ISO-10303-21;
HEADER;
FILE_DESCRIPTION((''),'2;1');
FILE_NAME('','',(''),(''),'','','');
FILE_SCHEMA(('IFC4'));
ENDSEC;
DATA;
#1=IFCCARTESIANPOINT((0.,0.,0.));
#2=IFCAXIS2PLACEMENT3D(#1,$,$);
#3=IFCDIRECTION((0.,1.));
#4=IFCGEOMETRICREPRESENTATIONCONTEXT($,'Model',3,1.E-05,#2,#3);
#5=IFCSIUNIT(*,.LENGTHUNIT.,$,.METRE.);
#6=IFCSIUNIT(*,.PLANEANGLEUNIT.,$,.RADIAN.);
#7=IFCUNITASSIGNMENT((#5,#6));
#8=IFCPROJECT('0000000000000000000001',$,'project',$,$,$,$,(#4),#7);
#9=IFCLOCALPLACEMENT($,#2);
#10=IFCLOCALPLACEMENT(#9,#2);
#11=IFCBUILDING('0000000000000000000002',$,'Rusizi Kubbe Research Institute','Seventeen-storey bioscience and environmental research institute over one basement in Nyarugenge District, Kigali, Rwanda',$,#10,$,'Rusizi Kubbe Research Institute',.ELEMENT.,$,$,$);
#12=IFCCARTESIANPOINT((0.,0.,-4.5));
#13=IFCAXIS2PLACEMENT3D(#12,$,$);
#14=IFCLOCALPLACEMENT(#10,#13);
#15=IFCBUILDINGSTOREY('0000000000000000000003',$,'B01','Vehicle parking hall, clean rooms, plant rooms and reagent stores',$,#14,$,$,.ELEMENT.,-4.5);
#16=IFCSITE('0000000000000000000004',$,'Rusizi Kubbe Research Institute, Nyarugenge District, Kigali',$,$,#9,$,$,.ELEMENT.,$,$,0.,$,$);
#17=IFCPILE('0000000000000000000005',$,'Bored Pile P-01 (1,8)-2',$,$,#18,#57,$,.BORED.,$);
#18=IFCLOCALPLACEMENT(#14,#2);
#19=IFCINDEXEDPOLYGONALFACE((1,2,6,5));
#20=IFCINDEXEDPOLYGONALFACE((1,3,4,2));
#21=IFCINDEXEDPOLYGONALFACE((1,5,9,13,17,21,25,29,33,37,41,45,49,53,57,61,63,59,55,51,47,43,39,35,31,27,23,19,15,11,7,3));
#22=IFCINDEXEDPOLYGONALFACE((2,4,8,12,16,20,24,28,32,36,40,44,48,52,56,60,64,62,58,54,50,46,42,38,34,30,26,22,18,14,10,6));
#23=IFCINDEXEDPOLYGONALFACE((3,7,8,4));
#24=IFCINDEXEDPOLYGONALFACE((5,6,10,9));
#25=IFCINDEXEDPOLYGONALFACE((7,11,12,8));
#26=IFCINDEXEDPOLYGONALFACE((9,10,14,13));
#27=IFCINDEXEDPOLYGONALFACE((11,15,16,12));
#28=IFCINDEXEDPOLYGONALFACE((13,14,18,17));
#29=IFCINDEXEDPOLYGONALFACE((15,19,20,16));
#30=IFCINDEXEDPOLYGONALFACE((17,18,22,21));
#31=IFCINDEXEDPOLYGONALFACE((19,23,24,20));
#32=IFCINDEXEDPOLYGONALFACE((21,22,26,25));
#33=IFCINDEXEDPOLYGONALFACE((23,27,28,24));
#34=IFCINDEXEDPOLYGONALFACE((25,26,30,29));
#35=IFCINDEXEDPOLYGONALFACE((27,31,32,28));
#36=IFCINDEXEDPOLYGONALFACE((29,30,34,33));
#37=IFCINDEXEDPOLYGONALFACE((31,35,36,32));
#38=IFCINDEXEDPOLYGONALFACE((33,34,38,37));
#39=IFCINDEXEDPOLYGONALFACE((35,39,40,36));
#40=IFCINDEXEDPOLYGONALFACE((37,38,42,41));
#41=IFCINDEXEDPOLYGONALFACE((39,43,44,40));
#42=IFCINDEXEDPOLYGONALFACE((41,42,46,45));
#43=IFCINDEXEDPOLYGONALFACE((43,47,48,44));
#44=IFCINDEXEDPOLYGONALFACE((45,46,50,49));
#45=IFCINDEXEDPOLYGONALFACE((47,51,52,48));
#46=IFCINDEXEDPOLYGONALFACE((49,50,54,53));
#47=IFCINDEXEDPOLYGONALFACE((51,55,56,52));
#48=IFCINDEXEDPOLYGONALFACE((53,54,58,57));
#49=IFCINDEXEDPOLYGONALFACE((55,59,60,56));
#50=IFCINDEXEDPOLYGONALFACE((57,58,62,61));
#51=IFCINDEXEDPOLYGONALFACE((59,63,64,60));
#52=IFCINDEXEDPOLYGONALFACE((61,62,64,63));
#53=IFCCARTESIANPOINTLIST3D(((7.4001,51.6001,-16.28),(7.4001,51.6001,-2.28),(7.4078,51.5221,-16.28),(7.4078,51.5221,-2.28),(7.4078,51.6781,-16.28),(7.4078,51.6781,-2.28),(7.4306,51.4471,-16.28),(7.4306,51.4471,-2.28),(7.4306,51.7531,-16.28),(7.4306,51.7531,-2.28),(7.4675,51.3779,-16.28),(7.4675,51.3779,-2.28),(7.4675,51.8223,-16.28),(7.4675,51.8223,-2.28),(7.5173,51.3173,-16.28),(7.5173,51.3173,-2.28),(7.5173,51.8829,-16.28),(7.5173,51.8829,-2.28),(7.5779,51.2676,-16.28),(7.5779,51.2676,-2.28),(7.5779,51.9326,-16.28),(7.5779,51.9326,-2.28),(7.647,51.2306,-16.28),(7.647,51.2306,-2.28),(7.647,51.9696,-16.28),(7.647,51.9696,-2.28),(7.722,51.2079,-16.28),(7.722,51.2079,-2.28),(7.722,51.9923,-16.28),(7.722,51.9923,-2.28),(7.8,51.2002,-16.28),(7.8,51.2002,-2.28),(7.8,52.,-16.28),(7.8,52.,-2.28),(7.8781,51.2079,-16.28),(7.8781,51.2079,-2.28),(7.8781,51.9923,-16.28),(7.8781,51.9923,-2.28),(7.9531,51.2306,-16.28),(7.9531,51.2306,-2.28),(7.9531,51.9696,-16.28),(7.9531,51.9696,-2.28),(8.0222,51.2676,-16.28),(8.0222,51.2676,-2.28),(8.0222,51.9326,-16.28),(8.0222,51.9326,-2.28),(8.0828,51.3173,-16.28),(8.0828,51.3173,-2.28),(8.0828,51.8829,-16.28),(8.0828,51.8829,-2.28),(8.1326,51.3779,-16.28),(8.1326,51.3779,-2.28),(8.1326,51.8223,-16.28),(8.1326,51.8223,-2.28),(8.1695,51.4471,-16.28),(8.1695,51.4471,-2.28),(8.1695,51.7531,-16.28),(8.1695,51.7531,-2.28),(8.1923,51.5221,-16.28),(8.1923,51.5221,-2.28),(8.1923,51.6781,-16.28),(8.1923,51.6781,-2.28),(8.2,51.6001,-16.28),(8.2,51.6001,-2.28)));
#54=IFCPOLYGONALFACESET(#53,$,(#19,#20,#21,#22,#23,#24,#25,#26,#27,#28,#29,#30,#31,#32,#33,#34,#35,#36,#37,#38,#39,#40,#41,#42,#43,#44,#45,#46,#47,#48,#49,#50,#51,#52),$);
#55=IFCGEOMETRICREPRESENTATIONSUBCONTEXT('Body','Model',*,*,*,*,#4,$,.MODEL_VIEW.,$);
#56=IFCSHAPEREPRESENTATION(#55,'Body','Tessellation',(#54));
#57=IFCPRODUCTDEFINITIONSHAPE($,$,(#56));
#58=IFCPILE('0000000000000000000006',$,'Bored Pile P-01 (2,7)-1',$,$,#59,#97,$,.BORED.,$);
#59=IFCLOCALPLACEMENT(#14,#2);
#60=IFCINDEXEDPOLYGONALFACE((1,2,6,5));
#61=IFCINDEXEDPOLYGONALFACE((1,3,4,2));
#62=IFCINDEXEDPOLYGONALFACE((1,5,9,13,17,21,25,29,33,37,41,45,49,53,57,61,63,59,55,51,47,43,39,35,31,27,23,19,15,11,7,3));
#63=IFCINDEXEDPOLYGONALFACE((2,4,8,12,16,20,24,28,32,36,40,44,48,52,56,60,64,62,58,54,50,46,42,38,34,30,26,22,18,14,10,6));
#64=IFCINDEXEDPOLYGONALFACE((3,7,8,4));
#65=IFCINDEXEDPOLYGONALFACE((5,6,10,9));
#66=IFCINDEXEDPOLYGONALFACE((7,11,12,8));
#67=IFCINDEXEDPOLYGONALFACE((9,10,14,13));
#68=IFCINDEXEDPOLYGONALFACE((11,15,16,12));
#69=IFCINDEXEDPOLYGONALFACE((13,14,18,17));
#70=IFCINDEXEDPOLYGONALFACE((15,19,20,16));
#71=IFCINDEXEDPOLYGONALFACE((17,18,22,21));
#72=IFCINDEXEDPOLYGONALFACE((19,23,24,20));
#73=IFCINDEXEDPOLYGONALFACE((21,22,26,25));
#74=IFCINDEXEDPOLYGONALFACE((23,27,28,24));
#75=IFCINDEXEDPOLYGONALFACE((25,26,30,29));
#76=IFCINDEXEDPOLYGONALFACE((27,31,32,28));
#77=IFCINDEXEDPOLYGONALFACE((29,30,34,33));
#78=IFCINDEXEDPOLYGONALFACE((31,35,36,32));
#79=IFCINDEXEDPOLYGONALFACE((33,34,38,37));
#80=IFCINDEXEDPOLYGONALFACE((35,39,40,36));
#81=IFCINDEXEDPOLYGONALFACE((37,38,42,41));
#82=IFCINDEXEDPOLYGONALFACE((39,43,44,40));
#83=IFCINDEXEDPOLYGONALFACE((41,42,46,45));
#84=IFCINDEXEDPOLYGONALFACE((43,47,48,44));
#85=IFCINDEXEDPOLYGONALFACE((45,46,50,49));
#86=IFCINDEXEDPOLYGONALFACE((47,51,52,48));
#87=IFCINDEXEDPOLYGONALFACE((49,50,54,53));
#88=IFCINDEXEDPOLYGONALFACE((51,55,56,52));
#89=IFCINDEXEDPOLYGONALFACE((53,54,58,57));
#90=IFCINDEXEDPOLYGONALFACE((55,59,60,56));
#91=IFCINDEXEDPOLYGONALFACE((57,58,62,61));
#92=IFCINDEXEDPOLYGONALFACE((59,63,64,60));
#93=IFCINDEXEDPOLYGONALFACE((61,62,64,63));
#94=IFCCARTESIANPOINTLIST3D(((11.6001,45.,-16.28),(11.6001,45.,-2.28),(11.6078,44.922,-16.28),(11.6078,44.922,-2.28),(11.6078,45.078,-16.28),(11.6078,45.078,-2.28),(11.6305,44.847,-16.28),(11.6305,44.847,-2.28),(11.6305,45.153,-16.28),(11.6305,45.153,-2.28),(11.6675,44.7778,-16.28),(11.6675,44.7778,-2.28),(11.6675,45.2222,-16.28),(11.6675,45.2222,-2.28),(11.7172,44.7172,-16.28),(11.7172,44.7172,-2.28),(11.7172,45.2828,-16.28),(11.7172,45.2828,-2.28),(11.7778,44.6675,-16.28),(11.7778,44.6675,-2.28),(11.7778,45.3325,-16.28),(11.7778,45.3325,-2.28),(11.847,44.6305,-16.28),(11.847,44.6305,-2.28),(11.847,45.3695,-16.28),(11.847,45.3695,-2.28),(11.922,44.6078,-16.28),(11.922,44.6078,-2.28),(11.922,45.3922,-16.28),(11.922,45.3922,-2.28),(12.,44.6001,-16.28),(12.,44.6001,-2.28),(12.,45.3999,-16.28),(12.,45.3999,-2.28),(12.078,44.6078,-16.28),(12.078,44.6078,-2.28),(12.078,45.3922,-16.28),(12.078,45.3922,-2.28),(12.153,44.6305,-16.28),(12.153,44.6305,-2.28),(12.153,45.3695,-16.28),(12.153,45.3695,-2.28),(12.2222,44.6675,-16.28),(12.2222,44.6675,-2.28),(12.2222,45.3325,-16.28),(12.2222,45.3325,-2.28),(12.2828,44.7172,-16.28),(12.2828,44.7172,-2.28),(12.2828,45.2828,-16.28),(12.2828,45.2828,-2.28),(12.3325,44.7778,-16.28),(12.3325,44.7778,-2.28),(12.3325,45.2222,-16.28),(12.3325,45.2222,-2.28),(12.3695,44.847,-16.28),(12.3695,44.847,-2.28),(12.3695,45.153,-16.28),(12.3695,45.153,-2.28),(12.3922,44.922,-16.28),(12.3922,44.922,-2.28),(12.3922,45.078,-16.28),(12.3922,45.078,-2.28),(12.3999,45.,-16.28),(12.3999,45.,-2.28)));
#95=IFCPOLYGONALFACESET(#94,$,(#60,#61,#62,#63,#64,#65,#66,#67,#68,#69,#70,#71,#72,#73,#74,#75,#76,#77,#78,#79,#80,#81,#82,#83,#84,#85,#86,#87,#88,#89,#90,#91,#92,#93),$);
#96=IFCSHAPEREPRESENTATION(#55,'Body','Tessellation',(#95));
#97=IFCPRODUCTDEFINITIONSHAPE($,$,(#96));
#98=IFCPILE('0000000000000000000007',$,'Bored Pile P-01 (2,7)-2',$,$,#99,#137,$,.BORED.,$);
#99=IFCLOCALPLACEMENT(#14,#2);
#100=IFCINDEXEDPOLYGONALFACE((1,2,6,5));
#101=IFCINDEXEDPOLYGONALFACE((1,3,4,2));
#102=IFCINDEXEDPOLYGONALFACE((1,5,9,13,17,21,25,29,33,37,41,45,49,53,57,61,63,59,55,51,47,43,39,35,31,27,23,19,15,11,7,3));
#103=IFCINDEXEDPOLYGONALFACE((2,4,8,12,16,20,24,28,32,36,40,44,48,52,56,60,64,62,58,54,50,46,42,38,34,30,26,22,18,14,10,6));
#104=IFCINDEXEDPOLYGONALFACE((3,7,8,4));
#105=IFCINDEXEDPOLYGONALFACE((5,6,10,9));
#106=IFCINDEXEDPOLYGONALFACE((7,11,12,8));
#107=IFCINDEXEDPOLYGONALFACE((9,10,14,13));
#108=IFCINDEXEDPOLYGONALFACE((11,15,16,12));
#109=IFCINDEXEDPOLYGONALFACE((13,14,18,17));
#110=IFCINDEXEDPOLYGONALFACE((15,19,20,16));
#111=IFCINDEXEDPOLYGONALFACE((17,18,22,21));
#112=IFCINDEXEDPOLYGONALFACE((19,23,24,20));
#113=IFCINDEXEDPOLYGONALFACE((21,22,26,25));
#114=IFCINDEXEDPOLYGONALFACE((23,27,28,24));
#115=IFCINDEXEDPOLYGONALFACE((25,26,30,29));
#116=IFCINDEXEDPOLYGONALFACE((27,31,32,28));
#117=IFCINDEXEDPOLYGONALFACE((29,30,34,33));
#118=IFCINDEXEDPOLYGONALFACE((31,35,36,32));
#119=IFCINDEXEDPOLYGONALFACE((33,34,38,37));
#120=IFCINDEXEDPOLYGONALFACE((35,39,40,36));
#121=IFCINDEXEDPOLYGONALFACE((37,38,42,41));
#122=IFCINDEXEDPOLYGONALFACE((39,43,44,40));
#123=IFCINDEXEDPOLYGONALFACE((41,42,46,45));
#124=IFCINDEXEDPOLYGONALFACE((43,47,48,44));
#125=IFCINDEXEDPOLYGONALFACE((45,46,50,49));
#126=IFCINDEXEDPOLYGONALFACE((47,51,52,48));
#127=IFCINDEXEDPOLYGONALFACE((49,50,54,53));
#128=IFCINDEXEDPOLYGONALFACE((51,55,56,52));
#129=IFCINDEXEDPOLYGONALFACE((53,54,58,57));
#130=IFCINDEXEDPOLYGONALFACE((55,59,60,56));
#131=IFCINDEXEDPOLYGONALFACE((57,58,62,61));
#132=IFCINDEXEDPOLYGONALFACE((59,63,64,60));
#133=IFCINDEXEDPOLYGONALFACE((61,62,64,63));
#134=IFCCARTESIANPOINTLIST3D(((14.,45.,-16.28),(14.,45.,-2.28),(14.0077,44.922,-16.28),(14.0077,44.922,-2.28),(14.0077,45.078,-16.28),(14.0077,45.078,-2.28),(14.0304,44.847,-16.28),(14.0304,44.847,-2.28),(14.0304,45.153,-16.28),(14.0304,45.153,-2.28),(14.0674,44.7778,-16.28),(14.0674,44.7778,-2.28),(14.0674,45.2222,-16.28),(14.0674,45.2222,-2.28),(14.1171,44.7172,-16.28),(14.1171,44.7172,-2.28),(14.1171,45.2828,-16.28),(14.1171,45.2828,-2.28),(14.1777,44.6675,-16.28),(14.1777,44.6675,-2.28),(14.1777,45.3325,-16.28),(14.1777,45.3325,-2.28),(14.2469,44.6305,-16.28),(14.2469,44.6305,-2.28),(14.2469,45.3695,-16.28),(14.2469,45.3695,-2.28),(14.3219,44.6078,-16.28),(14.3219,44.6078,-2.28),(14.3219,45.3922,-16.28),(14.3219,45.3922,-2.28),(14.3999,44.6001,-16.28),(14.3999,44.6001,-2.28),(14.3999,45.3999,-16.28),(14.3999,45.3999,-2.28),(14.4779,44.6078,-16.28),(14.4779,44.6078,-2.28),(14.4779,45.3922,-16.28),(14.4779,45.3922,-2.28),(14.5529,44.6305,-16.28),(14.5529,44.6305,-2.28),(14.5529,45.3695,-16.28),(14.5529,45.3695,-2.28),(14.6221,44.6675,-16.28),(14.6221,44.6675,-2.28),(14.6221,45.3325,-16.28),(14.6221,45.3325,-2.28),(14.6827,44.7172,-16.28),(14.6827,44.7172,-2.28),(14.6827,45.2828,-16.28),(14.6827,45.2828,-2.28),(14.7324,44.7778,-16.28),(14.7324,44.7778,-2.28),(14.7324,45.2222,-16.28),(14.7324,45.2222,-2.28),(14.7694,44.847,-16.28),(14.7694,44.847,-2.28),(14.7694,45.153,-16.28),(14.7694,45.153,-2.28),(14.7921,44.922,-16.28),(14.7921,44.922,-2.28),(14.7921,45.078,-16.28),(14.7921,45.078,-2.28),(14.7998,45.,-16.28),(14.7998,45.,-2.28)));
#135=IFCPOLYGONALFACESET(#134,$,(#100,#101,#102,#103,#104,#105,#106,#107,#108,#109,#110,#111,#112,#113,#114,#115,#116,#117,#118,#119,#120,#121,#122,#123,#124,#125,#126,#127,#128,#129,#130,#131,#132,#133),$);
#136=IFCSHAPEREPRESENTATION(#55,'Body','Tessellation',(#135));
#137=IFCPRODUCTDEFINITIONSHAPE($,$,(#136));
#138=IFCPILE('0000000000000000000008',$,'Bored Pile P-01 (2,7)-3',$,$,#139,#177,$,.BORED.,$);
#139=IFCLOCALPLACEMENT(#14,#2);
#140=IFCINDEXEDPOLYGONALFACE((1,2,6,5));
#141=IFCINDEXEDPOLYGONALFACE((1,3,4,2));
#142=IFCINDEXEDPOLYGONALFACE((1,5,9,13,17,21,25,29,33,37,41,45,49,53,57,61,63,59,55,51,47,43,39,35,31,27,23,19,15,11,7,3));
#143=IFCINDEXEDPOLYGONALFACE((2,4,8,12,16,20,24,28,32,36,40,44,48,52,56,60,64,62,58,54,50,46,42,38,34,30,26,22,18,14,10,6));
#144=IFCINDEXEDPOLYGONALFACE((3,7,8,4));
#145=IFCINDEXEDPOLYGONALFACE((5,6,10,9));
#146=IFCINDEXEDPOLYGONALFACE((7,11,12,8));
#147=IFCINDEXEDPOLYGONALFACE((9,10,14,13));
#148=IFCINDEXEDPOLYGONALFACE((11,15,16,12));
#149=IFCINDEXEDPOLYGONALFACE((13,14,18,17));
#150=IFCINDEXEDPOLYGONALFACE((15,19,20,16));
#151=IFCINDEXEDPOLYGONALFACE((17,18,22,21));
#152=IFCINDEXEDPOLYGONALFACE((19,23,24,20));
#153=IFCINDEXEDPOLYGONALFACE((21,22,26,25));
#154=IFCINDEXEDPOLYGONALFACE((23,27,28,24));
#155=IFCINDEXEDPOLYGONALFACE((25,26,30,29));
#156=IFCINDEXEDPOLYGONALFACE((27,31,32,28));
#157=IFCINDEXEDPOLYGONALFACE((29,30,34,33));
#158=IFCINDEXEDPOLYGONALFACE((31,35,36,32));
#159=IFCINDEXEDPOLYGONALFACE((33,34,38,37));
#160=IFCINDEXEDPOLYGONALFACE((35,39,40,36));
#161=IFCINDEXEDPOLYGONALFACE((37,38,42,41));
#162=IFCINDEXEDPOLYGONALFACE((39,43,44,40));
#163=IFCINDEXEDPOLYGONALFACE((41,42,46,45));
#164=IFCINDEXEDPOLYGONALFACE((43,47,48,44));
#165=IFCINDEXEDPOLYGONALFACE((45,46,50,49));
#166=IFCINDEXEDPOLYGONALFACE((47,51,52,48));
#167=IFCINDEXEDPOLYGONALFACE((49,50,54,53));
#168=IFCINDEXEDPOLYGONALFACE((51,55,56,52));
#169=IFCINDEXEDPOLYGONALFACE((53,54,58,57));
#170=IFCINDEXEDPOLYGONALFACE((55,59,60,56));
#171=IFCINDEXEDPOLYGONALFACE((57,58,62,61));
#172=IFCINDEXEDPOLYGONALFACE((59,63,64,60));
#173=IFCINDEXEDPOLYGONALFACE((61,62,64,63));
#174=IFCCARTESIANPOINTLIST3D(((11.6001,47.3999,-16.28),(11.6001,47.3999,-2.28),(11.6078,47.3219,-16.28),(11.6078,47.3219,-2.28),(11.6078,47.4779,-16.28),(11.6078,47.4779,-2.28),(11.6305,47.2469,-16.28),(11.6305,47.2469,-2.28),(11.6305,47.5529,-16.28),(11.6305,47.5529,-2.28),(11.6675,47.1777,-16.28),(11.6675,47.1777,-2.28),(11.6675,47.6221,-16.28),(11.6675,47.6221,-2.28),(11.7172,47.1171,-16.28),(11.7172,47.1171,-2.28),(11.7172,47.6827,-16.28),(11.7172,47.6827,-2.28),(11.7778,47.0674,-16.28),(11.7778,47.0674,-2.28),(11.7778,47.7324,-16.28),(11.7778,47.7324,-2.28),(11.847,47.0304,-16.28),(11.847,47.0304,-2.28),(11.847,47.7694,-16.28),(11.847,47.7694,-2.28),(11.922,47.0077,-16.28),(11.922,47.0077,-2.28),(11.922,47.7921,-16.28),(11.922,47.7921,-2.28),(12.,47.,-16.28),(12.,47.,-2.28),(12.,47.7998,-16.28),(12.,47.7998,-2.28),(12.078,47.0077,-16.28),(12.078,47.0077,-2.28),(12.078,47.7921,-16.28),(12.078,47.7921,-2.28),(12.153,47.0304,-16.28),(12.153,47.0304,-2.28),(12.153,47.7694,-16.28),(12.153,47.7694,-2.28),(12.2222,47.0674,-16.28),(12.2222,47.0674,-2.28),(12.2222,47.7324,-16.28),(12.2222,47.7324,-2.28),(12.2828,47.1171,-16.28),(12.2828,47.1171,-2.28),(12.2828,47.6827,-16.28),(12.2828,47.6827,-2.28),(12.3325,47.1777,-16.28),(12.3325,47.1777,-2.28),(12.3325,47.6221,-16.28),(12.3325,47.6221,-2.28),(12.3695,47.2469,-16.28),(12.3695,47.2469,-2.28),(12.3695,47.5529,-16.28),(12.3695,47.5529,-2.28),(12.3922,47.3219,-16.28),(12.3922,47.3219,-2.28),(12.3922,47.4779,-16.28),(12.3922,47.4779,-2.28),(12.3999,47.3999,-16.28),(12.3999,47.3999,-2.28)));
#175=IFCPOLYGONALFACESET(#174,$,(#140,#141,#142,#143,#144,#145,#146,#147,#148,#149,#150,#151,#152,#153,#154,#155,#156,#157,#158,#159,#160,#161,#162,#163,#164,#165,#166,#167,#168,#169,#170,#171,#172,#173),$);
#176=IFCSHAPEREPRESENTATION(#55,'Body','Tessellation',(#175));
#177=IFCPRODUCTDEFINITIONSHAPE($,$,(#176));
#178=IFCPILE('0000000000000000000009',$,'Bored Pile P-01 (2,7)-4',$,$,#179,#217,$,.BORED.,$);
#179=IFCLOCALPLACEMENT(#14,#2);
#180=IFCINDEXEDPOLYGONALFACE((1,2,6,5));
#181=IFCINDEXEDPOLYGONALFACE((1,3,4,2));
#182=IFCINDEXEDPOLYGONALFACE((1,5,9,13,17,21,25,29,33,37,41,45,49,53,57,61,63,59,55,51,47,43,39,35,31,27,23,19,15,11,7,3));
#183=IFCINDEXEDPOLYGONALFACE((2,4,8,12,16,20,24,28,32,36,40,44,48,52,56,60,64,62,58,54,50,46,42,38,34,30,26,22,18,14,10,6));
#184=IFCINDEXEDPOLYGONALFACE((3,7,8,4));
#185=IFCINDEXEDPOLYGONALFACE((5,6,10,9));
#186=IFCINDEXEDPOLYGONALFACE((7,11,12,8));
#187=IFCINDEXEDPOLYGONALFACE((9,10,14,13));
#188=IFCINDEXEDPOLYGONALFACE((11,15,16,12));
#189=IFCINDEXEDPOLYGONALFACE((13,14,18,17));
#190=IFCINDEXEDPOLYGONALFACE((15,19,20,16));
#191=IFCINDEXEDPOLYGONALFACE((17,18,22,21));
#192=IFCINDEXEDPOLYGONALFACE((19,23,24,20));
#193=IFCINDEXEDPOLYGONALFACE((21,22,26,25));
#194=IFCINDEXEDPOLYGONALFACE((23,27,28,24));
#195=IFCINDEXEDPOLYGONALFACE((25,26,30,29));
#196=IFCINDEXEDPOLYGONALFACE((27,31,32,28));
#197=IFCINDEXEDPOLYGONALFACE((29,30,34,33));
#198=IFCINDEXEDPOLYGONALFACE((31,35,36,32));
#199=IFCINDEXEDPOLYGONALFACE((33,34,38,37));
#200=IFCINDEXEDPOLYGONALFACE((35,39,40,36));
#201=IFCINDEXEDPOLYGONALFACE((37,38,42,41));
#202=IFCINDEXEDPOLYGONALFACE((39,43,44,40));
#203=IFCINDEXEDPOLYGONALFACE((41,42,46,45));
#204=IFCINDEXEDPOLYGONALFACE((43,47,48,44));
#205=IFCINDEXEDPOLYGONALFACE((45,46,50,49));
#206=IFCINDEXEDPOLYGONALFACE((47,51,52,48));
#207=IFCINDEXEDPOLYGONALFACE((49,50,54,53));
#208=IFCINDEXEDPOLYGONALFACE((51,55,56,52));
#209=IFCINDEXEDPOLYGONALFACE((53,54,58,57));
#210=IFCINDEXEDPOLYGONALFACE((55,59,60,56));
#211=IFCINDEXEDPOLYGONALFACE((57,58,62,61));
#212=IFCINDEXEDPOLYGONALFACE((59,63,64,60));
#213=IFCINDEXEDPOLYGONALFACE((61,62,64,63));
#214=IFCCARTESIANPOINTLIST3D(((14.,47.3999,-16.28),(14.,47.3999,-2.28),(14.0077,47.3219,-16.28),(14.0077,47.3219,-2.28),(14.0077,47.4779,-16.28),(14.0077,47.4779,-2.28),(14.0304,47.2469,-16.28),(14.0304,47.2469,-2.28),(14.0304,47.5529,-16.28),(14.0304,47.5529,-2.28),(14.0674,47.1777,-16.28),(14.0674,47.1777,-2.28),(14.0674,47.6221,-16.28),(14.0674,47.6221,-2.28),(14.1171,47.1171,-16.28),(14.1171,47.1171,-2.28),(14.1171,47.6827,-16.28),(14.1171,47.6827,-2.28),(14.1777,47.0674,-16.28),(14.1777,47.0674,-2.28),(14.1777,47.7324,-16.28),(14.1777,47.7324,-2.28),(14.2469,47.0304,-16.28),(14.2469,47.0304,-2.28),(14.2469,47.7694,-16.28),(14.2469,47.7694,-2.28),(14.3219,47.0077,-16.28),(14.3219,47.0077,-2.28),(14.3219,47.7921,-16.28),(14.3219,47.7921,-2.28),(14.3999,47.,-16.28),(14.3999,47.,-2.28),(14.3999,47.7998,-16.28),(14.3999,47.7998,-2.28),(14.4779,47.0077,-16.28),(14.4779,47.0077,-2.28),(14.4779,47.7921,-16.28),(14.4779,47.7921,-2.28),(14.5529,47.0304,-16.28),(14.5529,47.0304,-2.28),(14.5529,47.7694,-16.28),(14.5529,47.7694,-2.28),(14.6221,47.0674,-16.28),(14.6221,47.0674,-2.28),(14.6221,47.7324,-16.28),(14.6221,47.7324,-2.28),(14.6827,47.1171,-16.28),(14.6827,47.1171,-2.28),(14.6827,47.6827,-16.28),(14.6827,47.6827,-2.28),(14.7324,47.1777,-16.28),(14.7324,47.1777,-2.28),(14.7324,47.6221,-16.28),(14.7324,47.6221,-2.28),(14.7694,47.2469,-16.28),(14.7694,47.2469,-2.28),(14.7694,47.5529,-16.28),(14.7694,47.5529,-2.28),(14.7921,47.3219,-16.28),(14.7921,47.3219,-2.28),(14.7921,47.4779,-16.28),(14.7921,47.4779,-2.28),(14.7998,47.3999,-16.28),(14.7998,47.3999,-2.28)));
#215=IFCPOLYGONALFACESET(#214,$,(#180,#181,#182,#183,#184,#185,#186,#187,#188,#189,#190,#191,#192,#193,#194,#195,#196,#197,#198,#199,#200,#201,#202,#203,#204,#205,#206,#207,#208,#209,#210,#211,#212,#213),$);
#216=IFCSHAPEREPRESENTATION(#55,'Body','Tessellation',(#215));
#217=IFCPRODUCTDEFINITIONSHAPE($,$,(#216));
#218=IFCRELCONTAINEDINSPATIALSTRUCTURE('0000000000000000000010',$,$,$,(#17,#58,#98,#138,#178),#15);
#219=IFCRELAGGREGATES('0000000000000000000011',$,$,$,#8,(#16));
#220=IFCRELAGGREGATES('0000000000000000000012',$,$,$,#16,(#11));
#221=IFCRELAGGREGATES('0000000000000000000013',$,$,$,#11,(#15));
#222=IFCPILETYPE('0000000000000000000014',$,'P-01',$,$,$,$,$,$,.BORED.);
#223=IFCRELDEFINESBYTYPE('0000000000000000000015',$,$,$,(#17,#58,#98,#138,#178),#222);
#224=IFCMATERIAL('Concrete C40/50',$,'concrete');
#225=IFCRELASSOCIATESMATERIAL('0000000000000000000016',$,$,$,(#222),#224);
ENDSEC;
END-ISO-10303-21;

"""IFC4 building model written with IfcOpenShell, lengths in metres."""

from ifc_helpers import new_model, si_unit, direction, frame, origin, origin_2d, place, context, subcontext, project, spatial, circle, extrude, material, material_profile, profile_set, type_object, element, save


model = new_model("IFC4")

# Units and contexts
model_context = context("Model", 3, precision=1e-05, world=origin(), true_north=direction((0.0, 1.0)))
body_context = subcontext(model_context, "Body", "Model", "MODEL_VIEW")
ifc_project = project(units=[si_unit("LENGTHUNIT", "METRE"), si_unit("PLANEANGLEUNIT", "RADIAN")], contexts=[model_context])

# Site, building, storey
site_placement = place(None, origin())
site = spatial("IfcSite", under=ifc_project, at=site_placement, Name="Rusizi Kubbe Research Institute, Nyarugenge District, Kigali", CompositionType="ELEMENT", RefElevation=0.0)
building_placement = place(site_placement, origin())
building = spatial("IfcBuilding", under=site, at=building_placement, Name="Rusizi Kubbe Research Institute", Description="Seventeen-storey bioscience and environmental research institute over one basement in Nyarugenge District, Kigali, Rwanda", LongName="Rusizi Kubbe Research Institute", CompositionType="ELEMENT")
storey_placement = place(building_placement, frame((0.0, 0.0, -4.5)))
storey = spatial("IfcBuildingStorey", under=building, at=storey_placement, Name="B01", Description="Vehicle parking hall, clean rooms, plant rooms and reagent stores", CompositionType="ELEMENT", Elevation=-4.5)

# Piles
ifc_material_1 = material(Name="Concrete C40/50", Category="concrete")
ifc_material_profile_1 = material_profile(ifc_material_1, circle(Radius=0.3999, at=origin_2d()), Name="PILE-D800")
ifc_profile_set_1 = profile_set([ifc_material_profile_1], Name="Concrete C40/50")
pile_type_1 = type_object("IfcPileType", Name="P-01", PredefinedType="BORED", material=ifc_profile_set_1)
for number, where, z_axis, x_axis, name in (
    (1, (7.8, 51.6001, -2.28), (0.0, 0.0, -1.0), (1.0, 0.0, 0.0), "Bored Pile P-01 (1,8)-2"),
    (2, (12.0, 45.0, -2.28), (0.0, 0.0, -1.0), (1.0, 0.0, 0.0), "Bored Pile P-01 (2,7)-1"),
    (3, (14.3999, 45.0, -2.28), (0.0, 0.0, -1.0), (1.0, 0.0, 0.0), "Bored Pile P-01 (2,7)-2"),
    (4, (12.0, 47.3999, -2.28), (0.0, 0.0, -1.0), (1.0, 0.0, 0.0), "Bored Pile P-01 (2,7)-3"),
    (5, (14.3999, 47.3999, -2.28), (0.0, 0.0, -1.0), (1.0, 0.0, 0.0), "Bored Pile P-01 (2,7)-4"),
):
    element("IfcPile", number, at=place(storey_placement, frame(where, z_axis=z_axis, x_axis=x_axis)), inside=storey, type_object=pile_type_1, Name=name, PredefinedType="BORED", context=body_context, shape_type="SweptSolid", body=[
        extrude(circle(Radius=0.3999, at=origin_2d()), origin(), (0.0, 0.0, 1.0), 14.0),
    ])

save(model, "model.ifc")
